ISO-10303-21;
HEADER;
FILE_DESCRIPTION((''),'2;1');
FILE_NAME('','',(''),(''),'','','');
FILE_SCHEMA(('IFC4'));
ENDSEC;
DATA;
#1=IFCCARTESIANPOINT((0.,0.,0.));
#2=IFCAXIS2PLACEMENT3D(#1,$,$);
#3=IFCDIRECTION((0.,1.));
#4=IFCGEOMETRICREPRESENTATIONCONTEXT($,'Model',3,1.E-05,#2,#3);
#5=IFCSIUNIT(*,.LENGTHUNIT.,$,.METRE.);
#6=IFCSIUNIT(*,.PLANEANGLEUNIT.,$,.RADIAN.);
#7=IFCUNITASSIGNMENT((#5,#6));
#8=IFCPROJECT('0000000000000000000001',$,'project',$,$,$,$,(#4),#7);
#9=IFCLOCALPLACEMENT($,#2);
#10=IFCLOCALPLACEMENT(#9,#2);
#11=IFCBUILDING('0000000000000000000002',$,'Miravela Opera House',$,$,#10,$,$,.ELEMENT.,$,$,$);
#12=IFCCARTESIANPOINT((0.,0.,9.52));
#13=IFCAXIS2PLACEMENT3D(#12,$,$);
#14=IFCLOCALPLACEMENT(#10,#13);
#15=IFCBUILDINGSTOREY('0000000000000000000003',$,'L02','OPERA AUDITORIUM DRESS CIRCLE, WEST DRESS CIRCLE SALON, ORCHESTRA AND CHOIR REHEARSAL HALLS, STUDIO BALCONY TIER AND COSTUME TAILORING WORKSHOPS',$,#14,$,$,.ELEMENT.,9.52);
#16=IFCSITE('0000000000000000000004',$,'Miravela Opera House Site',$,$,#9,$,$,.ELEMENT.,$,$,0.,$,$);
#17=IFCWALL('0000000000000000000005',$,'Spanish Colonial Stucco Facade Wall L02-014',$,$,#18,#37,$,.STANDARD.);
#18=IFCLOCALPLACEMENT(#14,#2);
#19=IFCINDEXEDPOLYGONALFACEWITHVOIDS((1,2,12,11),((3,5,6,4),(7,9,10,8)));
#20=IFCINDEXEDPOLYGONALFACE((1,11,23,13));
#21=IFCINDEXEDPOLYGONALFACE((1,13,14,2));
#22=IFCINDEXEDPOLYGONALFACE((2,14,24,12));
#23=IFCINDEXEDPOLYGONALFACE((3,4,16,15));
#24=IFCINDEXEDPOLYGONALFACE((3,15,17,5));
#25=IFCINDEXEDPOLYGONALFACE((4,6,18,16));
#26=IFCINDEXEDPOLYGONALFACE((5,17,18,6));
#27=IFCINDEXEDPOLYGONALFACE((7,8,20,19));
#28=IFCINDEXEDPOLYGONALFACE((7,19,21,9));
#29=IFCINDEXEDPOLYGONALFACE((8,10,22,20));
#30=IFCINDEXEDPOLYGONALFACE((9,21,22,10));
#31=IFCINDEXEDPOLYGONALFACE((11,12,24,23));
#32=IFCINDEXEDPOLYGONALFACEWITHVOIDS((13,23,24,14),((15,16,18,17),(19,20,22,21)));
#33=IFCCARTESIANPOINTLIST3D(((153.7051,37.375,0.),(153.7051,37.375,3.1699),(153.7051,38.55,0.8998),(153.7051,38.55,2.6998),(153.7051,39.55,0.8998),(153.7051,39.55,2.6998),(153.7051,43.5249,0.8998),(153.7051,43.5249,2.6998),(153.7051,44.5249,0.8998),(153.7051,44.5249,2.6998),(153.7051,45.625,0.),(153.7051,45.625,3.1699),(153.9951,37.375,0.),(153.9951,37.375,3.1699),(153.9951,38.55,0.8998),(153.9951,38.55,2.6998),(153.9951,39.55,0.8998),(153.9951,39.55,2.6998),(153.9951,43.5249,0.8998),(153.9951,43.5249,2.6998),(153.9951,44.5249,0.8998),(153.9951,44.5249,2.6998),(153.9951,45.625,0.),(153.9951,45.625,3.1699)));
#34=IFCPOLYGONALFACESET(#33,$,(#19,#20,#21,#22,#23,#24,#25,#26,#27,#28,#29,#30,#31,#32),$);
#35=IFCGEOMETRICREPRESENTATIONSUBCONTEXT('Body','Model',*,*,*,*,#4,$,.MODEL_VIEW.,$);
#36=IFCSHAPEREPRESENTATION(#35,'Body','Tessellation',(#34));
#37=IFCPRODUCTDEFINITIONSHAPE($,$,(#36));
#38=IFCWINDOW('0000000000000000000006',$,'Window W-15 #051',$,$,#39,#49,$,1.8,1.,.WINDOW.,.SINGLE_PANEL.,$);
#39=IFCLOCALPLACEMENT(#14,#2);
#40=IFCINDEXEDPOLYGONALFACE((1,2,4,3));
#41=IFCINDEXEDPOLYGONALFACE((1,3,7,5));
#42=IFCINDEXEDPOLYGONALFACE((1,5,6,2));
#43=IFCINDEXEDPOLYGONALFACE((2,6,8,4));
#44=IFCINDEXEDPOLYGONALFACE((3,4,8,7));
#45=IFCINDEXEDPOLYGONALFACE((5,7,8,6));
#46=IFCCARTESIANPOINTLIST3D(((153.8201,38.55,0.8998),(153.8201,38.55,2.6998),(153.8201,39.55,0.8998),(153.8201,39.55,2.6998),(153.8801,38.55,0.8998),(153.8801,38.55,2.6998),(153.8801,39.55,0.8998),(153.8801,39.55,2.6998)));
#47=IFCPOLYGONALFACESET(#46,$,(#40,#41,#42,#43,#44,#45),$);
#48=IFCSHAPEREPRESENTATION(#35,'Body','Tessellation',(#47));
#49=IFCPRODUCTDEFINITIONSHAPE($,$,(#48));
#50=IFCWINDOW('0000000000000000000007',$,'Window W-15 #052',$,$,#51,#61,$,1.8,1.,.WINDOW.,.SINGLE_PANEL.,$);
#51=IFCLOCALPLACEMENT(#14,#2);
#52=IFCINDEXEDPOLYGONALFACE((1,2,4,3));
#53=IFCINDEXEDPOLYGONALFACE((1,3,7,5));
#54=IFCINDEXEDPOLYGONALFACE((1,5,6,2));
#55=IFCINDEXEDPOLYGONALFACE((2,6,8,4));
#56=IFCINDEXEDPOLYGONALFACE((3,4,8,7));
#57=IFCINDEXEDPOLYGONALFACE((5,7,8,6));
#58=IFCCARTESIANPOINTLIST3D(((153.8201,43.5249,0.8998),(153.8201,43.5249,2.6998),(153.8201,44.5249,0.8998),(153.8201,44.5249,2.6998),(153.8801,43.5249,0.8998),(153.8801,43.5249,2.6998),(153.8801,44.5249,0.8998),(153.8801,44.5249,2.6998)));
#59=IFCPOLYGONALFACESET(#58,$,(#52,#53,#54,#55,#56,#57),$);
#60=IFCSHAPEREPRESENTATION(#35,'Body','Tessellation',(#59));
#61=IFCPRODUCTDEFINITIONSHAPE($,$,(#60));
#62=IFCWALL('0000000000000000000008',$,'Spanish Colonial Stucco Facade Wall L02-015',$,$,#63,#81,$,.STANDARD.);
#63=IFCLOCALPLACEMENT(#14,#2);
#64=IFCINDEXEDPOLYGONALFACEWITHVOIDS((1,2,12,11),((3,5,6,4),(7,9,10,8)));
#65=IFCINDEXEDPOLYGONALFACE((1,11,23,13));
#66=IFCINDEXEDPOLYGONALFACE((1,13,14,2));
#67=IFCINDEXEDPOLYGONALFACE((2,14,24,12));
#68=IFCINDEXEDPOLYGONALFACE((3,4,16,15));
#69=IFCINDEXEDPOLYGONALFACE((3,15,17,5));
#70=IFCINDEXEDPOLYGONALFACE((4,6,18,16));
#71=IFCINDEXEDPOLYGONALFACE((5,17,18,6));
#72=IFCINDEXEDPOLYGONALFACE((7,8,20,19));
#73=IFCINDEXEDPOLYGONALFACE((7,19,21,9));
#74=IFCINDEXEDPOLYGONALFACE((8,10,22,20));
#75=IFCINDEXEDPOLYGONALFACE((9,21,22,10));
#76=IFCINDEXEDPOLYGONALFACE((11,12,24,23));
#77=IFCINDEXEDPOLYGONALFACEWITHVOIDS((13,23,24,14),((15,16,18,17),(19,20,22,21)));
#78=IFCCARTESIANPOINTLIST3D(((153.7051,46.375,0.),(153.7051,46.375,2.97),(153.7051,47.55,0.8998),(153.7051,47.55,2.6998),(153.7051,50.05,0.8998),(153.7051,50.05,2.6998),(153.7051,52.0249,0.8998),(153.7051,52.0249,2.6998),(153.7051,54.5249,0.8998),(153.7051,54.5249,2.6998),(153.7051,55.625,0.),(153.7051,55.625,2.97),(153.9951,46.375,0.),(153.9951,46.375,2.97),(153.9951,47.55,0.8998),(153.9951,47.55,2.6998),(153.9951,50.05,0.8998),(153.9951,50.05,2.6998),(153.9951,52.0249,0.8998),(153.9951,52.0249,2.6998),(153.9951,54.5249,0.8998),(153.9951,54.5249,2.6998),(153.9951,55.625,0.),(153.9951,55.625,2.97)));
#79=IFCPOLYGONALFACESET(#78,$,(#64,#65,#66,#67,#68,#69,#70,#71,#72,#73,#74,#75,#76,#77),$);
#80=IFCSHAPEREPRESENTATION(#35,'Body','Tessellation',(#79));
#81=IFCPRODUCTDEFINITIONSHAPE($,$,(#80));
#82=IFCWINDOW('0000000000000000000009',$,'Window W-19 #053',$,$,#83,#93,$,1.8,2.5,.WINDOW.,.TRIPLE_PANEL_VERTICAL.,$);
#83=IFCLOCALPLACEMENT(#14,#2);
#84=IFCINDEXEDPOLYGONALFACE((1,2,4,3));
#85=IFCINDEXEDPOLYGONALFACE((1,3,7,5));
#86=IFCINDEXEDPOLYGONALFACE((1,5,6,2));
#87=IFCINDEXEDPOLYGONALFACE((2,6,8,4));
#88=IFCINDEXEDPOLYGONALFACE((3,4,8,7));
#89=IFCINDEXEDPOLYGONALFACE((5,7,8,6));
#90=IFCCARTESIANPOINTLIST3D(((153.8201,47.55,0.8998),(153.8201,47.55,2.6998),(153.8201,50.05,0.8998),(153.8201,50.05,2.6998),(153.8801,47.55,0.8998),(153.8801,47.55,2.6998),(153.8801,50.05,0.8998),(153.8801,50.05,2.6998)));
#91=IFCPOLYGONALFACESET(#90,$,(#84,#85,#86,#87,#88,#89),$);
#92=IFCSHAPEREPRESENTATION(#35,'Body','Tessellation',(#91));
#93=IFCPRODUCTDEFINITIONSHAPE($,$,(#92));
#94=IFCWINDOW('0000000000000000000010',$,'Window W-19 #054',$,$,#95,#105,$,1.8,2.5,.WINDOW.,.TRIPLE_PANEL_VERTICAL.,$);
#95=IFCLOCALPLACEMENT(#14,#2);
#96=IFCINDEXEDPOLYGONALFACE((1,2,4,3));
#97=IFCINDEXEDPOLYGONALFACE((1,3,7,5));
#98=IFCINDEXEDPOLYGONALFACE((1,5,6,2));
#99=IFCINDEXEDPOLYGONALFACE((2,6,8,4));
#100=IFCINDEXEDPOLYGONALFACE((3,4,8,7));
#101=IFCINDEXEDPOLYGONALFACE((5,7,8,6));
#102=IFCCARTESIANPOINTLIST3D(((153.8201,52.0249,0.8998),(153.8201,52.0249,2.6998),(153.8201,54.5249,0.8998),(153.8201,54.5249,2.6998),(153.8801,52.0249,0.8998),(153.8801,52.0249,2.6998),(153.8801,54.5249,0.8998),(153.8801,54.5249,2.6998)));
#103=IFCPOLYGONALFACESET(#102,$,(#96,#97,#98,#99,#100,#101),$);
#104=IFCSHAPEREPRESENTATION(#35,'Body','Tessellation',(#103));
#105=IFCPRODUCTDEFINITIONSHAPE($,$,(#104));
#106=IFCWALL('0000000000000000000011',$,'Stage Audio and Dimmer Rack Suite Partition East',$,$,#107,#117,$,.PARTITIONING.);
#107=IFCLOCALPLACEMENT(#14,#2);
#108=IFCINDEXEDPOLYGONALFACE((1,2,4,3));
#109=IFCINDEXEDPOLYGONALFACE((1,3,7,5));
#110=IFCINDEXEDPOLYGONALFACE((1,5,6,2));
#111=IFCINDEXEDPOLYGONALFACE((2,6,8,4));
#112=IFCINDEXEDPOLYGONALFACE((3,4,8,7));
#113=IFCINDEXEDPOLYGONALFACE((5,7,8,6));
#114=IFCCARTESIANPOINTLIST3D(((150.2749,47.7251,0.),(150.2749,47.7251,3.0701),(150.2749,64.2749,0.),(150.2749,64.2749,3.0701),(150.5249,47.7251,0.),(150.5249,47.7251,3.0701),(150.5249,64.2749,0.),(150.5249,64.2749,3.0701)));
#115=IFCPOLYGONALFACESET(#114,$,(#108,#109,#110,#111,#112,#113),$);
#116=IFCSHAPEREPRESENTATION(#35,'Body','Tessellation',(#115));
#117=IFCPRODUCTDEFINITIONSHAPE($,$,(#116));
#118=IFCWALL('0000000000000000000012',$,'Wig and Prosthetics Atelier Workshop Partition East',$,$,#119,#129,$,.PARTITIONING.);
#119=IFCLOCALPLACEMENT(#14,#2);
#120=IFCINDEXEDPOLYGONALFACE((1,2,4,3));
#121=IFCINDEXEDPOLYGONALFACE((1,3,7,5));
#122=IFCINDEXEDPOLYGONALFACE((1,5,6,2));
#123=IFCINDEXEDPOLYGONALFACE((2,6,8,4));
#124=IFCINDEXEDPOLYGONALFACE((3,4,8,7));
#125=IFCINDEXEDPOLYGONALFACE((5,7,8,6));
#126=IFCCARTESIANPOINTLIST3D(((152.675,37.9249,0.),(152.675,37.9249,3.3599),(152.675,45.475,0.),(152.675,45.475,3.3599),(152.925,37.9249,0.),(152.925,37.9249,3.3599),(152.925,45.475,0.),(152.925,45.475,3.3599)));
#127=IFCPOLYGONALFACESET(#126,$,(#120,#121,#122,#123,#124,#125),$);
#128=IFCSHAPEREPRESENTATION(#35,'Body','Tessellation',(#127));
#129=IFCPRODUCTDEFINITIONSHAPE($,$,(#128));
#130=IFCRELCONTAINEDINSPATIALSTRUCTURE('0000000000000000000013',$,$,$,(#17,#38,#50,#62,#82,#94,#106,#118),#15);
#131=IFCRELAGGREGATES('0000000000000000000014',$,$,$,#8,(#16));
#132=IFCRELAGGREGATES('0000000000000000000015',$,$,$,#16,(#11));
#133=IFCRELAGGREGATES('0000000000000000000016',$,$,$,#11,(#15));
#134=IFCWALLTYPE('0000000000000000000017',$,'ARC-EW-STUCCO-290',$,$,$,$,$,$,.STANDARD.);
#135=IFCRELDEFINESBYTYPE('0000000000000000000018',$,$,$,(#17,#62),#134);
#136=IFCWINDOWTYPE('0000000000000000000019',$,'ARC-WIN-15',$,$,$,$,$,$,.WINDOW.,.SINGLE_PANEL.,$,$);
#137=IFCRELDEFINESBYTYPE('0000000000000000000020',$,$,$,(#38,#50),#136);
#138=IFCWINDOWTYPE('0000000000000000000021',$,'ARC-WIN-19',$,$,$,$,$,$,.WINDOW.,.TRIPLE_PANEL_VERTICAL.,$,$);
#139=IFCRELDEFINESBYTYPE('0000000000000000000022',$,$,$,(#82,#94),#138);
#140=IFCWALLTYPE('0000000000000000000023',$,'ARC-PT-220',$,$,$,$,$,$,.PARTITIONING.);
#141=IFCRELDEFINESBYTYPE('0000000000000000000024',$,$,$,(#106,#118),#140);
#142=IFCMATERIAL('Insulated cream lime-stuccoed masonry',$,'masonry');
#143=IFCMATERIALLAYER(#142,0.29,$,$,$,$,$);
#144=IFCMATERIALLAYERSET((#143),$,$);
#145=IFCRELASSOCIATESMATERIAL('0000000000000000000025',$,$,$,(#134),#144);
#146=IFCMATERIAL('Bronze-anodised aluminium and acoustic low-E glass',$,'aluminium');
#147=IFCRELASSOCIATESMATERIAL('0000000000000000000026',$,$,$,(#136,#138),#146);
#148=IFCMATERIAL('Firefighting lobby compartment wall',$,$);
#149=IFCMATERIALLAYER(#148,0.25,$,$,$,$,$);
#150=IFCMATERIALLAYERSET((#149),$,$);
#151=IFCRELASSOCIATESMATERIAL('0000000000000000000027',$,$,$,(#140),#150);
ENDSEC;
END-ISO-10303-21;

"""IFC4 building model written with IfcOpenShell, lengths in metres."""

from ifc_helpers import new_model, si_unit, direction, frame, frame_2d, origin, place, context, subcontext, project, spatial, rectangle, extrude, material, layer, layer_set, type_object, element, fill, save


model = new_model("IFC4")

# Units and contexts
model_context = context("Model", 3, precision=1e-05, world=origin(), true_north=direction((0.0, 1.0)))
body_context = subcontext(model_context, "Body", "Model", "MODEL_VIEW")
ifc_project = project(units=[si_unit("LENGTHUNIT", "METRE"), si_unit("PLANEANGLEUNIT", "RADIAN")], contexts=[model_context])

# Site, building, storey
site_placement = place(None, origin())
site = spatial("IfcSite", under=ifc_project, at=site_placement, Name="Miravela Opera House Site", CompositionType="ELEMENT", RefElevation=0.0)
building_placement = place(site_placement, origin())
building = spatial("IfcBuilding", under=site, at=building_placement, Name="Miravela Opera House", CompositionType="ELEMENT")
storey_placement = place(building_placement, frame((0.0, 0.0, 9.52)))
storey = spatial("IfcBuildingStorey", under=building, at=storey_placement, Name="L02", Description="OPERA AUDITORIUM DRESS CIRCLE, WEST DRESS CIRCLE SALON, ORCHESTRA AND CHOIR REHEARSAL HALLS, STUDIO BALCONY TIER AND COSTUME TAILORING WORKSHOPS", CompositionType="ELEMENT", Elevation=9.52)

# Walls, openings, windows
ifc_material_1 = material(Name="Insulated cream lime-stuccoed masonry", Category="masonry")
ifc_layer_1 = layer(ifc_material_1, 0.29)
ifc_layer_set_1 = layer_set([ifc_layer_1])
wall_type_1 = type_object("IfcWallType", Name="ARC-EW-STUCCO-290", PredefinedType="STANDARD", material=ifc_layer_set_1)
wall_1_placement = place(storey_placement, frame((153.8501, 37.375, 0.0), z_axis=(0.0, 0.0, 1.0), x_axis=(0.0, 1.0, 0.0)))
wall_1 = element("IfcWall", 1, at=wall_1_placement, inside=storey, type_object=wall_type_1, Name="Spanish Colonial Stucco Facade Wall L02-014", PredefinedType="STANDARD", context=body_context, shape_type="SweptSolid", body=[
    extrude(rectangle(XDim=8.25, YDim=0.29, at=frame_2d((4.125, 0.0))), origin(), (0.0, 0.0, 1.0), 3.1699),
])
opening_1_placement = place(wall_1_placement, frame((1.175, 0.0, 0.8999)))
opening_1 = element("IfcOpeningElement", 2, at=opening_1_placement, cuts=wall_1, PredefinedType="OPENING", context=body_context, shape_type="SweptSolid", body=[
    extrude(rectangle(XDim=1.0, YDim=1.8, at=frame_2d((0.5, 0.8999))), frame((0.0, 0.155, 0.0), z_axis=(0.0, -1.0, 0.0), x_axis=(1.0, 0.0, 0.0)), (0.0, 0.0, 1.0), 0.3101),
])
opening_2_placement = place(wall_1_placement, frame((6.1499, 0.0, 0.8999)))
opening_2 = element("IfcOpeningElement", 3, at=opening_2_placement, cuts=wall_1, PredefinedType="OPENING", context=body_context, shape_type="SweptSolid", body=[
    extrude(rectangle(XDim=1.0, YDim=1.8, at=frame_2d((0.5, 0.8999))), frame((0.0, 0.155, 0.0), z_axis=(0.0, -1.0, 0.0), x_axis=(1.0, 0.0, 0.0)), (0.0, 0.0, 1.0), 0.3101),
])
ifc_material_2 = material(Name="Bronze-anodised aluminium and acoustic low-E glass", Category="aluminium")
window_type_1 = type_object("IfcWindowType", Name="ARC-WIN-15", PartitioningType="SINGLE_PANEL", PredefinedType="WINDOW", material=ifc_material_2)
window_1_placement = place(opening_1_placement, origin())
window_1 = element("IfcWindow", 4, at=window_1_placement, inside=storey, type_object=window_type_1, Name="Window W-15 #051", OverallHeight=1.8, OverallWidth=1.0, PartitioningType="SINGLE_PANEL", PredefinedType="WINDOW", context=body_context, shape_type="SweptSolid", body=[
    extrude(rectangle(XDim=1.0, YDim=1.8, at=frame_2d((0.5, 0.8999))), frame((0.0, 0.03, 0.0), z_axis=(0.0, -1.0, 0.0), x_axis=(1.0, 0.0, 0.0)), (0.0, 0.0, 1.0), 0.0601),
])
fill(opening_1, window_1)
window_2_placement = place(opening_2_placement, origin())
window_2 = element("IfcWindow", 5, at=window_2_placement, inside=storey, type_object=window_type_1, Name="Window W-15 #052", OverallHeight=1.8, OverallWidth=1.0, PartitioningType="SINGLE_PANEL", PredefinedType="WINDOW", context=body_context, shape_type="SweptSolid", body=[
    extrude(rectangle(XDim=1.0, YDim=1.8, at=frame_2d((0.5, 0.8999))), frame((0.0, 0.03, 0.0), z_axis=(0.0, -1.0, 0.0), x_axis=(1.0, 0.0, 0.0)), (0.0, 0.0, 1.0), 0.0601),
])
fill(opening_2, window_2)
wall_2_placement = place(storey_placement, frame((153.8501, 46.375, 0.0), z_axis=(0.0, 0.0, 1.0), x_axis=(0.0, 1.0, 0.0)))
wall_2 = element("IfcWall", 6, at=wall_2_placement, inside=storey, type_object=wall_type_1, Name="Spanish Colonial Stucco Facade Wall L02-015", PredefinedType="STANDARD", context=body_context, shape_type="SweptSolid", body=[
    extrude(rectangle(XDim=9.25, YDim=0.29, at=frame_2d((4.625, 0.0))), origin(), (0.0, 0.0, 1.0), 2.97),
])
opening_3_placement = place(wall_2_placement, frame((1.175, 0.0, 0.8999)))
opening_3 = element("IfcOpeningElement", 7, at=opening_3_placement, cuts=wall_2, PredefinedType="OPENING", context=body_context, shape_type="SweptSolid", body=[
    extrude(rectangle(XDim=2.5, YDim=1.8, at=frame_2d((1.25, 0.8999))), frame((0.0, 0.155, 0.0), z_axis=(0.0, -1.0, 0.0), x_axis=(1.0, 0.0, 0.0)), (0.0, 0.0, 1.0), 0.3101),
])
opening_4_placement = place(wall_2_placement, frame((5.6499, 0.0, 0.8999)))
opening_4 = element("IfcOpeningElement", 8, at=opening_4_placement, cuts=wall_2, PredefinedType="OPENING", context=body_context, shape_type="SweptSolid", body=[
    extrude(rectangle(XDim=2.5, YDim=1.8, at=frame_2d((1.25, 0.8999))), frame((0.0, 0.155, 0.0), z_axis=(0.0, -1.0, 0.0), x_axis=(1.0, 0.0, 0.0)), (0.0, 0.0, 1.0), 0.3101),
])
window_type_2 = type_object("IfcWindowType", Name="ARC-WIN-19", PartitioningType="TRIPLE_PANEL_VERTICAL", PredefinedType="WINDOW", material=ifc_material_2)
window_3_placement = place(opening_3_placement, origin())
window_3 = element("IfcWindow", 9, at=window_3_placement, inside=storey, type_object=window_type_2, Name="Window W-19 #053", OverallHeight=1.8, OverallWidth=2.5, PartitioningType="TRIPLE_PANEL_VERTICAL", PredefinedType="WINDOW", context=body_context, shape_type="SweptSolid", body=[
    extrude(rectangle(XDim=2.5, YDim=1.8, at=frame_2d((1.25, 0.8999))), frame((0.0, 0.03, 0.0), z_axis=(0.0, -1.0, 0.0), x_axis=(1.0, 0.0, 0.0)), (0.0, 0.0, 1.0), 0.0601),
])
fill(opening_3, window_3)
window_4_placement = place(opening_4_placement, origin())
window_4 = element("IfcWindow", 10, at=window_4_placement, inside=storey, type_object=window_type_2, Name="Window W-19 #054", OverallHeight=1.8, OverallWidth=2.5, PartitioningType="TRIPLE_PANEL_VERTICAL", PredefinedType="WINDOW", context=body_context, shape_type="SweptSolid", body=[
    extrude(rectangle(XDim=2.5, YDim=1.8, at=frame_2d((1.25, 0.8999))), frame((0.0, 0.03, 0.0), z_axis=(0.0, -1.0, 0.0), x_axis=(1.0, 0.0, 0.0)), (0.0, 0.0, 1.0), 0.0601),
])
fill(opening_4, window_4)

# Walls
ifc_material_3 = material(Name="Firefighting lobby compartment wall")
ifc_layer_2 = layer(ifc_material_3, 0.25)
ifc_layer_set_2 = layer_set([ifc_layer_2])
wall_type_2 = type_object("IfcWallType", Name="ARC-PT-220", PredefinedType="PARTITIONING", material=ifc_layer_set_2)
wall_3_placement = place(storey_placement, frame((150.3999, 47.7251, 0.0), z_axis=(0.0, 0.0, 1.0), x_axis=(0.0, 1.0, 0.0)))
element("IfcWall", 11, at=wall_3_placement, inside=storey, type_object=wall_type_2, Name="Stage Audio and Dimmer Rack Suite Partition East", PredefinedType="PARTITIONING", context=body_context, shape_type="SweptSolid", body=[
    extrude(rectangle(XDim=16.5498, YDim=0.25, at=frame_2d((8.2749, 0.0))), origin(), (0.0, 0.0, 1.0), 3.0701),
])
wall_4_placement = place(storey_placement, frame((152.8, 37.925, 0.0), z_axis=(0.0, 0.0, 1.0), x_axis=(0.0, 1.0, 0.0)))
element("IfcWall", 12, at=wall_4_placement, inside=storey, type_object=wall_type_2, Name="Wig and Prosthetics Atelier Workshop Partition East", PredefinedType="PARTITIONING", context=body_context, shape_type="SweptSolid", body=[
    extrude(rectangle(XDim=7.55, YDim=0.25, at=frame_2d((3.7749, 0.0))), origin(), (0.0, 0.0, 1.0), 3.3599),
])

save(model, "model.ifc")
